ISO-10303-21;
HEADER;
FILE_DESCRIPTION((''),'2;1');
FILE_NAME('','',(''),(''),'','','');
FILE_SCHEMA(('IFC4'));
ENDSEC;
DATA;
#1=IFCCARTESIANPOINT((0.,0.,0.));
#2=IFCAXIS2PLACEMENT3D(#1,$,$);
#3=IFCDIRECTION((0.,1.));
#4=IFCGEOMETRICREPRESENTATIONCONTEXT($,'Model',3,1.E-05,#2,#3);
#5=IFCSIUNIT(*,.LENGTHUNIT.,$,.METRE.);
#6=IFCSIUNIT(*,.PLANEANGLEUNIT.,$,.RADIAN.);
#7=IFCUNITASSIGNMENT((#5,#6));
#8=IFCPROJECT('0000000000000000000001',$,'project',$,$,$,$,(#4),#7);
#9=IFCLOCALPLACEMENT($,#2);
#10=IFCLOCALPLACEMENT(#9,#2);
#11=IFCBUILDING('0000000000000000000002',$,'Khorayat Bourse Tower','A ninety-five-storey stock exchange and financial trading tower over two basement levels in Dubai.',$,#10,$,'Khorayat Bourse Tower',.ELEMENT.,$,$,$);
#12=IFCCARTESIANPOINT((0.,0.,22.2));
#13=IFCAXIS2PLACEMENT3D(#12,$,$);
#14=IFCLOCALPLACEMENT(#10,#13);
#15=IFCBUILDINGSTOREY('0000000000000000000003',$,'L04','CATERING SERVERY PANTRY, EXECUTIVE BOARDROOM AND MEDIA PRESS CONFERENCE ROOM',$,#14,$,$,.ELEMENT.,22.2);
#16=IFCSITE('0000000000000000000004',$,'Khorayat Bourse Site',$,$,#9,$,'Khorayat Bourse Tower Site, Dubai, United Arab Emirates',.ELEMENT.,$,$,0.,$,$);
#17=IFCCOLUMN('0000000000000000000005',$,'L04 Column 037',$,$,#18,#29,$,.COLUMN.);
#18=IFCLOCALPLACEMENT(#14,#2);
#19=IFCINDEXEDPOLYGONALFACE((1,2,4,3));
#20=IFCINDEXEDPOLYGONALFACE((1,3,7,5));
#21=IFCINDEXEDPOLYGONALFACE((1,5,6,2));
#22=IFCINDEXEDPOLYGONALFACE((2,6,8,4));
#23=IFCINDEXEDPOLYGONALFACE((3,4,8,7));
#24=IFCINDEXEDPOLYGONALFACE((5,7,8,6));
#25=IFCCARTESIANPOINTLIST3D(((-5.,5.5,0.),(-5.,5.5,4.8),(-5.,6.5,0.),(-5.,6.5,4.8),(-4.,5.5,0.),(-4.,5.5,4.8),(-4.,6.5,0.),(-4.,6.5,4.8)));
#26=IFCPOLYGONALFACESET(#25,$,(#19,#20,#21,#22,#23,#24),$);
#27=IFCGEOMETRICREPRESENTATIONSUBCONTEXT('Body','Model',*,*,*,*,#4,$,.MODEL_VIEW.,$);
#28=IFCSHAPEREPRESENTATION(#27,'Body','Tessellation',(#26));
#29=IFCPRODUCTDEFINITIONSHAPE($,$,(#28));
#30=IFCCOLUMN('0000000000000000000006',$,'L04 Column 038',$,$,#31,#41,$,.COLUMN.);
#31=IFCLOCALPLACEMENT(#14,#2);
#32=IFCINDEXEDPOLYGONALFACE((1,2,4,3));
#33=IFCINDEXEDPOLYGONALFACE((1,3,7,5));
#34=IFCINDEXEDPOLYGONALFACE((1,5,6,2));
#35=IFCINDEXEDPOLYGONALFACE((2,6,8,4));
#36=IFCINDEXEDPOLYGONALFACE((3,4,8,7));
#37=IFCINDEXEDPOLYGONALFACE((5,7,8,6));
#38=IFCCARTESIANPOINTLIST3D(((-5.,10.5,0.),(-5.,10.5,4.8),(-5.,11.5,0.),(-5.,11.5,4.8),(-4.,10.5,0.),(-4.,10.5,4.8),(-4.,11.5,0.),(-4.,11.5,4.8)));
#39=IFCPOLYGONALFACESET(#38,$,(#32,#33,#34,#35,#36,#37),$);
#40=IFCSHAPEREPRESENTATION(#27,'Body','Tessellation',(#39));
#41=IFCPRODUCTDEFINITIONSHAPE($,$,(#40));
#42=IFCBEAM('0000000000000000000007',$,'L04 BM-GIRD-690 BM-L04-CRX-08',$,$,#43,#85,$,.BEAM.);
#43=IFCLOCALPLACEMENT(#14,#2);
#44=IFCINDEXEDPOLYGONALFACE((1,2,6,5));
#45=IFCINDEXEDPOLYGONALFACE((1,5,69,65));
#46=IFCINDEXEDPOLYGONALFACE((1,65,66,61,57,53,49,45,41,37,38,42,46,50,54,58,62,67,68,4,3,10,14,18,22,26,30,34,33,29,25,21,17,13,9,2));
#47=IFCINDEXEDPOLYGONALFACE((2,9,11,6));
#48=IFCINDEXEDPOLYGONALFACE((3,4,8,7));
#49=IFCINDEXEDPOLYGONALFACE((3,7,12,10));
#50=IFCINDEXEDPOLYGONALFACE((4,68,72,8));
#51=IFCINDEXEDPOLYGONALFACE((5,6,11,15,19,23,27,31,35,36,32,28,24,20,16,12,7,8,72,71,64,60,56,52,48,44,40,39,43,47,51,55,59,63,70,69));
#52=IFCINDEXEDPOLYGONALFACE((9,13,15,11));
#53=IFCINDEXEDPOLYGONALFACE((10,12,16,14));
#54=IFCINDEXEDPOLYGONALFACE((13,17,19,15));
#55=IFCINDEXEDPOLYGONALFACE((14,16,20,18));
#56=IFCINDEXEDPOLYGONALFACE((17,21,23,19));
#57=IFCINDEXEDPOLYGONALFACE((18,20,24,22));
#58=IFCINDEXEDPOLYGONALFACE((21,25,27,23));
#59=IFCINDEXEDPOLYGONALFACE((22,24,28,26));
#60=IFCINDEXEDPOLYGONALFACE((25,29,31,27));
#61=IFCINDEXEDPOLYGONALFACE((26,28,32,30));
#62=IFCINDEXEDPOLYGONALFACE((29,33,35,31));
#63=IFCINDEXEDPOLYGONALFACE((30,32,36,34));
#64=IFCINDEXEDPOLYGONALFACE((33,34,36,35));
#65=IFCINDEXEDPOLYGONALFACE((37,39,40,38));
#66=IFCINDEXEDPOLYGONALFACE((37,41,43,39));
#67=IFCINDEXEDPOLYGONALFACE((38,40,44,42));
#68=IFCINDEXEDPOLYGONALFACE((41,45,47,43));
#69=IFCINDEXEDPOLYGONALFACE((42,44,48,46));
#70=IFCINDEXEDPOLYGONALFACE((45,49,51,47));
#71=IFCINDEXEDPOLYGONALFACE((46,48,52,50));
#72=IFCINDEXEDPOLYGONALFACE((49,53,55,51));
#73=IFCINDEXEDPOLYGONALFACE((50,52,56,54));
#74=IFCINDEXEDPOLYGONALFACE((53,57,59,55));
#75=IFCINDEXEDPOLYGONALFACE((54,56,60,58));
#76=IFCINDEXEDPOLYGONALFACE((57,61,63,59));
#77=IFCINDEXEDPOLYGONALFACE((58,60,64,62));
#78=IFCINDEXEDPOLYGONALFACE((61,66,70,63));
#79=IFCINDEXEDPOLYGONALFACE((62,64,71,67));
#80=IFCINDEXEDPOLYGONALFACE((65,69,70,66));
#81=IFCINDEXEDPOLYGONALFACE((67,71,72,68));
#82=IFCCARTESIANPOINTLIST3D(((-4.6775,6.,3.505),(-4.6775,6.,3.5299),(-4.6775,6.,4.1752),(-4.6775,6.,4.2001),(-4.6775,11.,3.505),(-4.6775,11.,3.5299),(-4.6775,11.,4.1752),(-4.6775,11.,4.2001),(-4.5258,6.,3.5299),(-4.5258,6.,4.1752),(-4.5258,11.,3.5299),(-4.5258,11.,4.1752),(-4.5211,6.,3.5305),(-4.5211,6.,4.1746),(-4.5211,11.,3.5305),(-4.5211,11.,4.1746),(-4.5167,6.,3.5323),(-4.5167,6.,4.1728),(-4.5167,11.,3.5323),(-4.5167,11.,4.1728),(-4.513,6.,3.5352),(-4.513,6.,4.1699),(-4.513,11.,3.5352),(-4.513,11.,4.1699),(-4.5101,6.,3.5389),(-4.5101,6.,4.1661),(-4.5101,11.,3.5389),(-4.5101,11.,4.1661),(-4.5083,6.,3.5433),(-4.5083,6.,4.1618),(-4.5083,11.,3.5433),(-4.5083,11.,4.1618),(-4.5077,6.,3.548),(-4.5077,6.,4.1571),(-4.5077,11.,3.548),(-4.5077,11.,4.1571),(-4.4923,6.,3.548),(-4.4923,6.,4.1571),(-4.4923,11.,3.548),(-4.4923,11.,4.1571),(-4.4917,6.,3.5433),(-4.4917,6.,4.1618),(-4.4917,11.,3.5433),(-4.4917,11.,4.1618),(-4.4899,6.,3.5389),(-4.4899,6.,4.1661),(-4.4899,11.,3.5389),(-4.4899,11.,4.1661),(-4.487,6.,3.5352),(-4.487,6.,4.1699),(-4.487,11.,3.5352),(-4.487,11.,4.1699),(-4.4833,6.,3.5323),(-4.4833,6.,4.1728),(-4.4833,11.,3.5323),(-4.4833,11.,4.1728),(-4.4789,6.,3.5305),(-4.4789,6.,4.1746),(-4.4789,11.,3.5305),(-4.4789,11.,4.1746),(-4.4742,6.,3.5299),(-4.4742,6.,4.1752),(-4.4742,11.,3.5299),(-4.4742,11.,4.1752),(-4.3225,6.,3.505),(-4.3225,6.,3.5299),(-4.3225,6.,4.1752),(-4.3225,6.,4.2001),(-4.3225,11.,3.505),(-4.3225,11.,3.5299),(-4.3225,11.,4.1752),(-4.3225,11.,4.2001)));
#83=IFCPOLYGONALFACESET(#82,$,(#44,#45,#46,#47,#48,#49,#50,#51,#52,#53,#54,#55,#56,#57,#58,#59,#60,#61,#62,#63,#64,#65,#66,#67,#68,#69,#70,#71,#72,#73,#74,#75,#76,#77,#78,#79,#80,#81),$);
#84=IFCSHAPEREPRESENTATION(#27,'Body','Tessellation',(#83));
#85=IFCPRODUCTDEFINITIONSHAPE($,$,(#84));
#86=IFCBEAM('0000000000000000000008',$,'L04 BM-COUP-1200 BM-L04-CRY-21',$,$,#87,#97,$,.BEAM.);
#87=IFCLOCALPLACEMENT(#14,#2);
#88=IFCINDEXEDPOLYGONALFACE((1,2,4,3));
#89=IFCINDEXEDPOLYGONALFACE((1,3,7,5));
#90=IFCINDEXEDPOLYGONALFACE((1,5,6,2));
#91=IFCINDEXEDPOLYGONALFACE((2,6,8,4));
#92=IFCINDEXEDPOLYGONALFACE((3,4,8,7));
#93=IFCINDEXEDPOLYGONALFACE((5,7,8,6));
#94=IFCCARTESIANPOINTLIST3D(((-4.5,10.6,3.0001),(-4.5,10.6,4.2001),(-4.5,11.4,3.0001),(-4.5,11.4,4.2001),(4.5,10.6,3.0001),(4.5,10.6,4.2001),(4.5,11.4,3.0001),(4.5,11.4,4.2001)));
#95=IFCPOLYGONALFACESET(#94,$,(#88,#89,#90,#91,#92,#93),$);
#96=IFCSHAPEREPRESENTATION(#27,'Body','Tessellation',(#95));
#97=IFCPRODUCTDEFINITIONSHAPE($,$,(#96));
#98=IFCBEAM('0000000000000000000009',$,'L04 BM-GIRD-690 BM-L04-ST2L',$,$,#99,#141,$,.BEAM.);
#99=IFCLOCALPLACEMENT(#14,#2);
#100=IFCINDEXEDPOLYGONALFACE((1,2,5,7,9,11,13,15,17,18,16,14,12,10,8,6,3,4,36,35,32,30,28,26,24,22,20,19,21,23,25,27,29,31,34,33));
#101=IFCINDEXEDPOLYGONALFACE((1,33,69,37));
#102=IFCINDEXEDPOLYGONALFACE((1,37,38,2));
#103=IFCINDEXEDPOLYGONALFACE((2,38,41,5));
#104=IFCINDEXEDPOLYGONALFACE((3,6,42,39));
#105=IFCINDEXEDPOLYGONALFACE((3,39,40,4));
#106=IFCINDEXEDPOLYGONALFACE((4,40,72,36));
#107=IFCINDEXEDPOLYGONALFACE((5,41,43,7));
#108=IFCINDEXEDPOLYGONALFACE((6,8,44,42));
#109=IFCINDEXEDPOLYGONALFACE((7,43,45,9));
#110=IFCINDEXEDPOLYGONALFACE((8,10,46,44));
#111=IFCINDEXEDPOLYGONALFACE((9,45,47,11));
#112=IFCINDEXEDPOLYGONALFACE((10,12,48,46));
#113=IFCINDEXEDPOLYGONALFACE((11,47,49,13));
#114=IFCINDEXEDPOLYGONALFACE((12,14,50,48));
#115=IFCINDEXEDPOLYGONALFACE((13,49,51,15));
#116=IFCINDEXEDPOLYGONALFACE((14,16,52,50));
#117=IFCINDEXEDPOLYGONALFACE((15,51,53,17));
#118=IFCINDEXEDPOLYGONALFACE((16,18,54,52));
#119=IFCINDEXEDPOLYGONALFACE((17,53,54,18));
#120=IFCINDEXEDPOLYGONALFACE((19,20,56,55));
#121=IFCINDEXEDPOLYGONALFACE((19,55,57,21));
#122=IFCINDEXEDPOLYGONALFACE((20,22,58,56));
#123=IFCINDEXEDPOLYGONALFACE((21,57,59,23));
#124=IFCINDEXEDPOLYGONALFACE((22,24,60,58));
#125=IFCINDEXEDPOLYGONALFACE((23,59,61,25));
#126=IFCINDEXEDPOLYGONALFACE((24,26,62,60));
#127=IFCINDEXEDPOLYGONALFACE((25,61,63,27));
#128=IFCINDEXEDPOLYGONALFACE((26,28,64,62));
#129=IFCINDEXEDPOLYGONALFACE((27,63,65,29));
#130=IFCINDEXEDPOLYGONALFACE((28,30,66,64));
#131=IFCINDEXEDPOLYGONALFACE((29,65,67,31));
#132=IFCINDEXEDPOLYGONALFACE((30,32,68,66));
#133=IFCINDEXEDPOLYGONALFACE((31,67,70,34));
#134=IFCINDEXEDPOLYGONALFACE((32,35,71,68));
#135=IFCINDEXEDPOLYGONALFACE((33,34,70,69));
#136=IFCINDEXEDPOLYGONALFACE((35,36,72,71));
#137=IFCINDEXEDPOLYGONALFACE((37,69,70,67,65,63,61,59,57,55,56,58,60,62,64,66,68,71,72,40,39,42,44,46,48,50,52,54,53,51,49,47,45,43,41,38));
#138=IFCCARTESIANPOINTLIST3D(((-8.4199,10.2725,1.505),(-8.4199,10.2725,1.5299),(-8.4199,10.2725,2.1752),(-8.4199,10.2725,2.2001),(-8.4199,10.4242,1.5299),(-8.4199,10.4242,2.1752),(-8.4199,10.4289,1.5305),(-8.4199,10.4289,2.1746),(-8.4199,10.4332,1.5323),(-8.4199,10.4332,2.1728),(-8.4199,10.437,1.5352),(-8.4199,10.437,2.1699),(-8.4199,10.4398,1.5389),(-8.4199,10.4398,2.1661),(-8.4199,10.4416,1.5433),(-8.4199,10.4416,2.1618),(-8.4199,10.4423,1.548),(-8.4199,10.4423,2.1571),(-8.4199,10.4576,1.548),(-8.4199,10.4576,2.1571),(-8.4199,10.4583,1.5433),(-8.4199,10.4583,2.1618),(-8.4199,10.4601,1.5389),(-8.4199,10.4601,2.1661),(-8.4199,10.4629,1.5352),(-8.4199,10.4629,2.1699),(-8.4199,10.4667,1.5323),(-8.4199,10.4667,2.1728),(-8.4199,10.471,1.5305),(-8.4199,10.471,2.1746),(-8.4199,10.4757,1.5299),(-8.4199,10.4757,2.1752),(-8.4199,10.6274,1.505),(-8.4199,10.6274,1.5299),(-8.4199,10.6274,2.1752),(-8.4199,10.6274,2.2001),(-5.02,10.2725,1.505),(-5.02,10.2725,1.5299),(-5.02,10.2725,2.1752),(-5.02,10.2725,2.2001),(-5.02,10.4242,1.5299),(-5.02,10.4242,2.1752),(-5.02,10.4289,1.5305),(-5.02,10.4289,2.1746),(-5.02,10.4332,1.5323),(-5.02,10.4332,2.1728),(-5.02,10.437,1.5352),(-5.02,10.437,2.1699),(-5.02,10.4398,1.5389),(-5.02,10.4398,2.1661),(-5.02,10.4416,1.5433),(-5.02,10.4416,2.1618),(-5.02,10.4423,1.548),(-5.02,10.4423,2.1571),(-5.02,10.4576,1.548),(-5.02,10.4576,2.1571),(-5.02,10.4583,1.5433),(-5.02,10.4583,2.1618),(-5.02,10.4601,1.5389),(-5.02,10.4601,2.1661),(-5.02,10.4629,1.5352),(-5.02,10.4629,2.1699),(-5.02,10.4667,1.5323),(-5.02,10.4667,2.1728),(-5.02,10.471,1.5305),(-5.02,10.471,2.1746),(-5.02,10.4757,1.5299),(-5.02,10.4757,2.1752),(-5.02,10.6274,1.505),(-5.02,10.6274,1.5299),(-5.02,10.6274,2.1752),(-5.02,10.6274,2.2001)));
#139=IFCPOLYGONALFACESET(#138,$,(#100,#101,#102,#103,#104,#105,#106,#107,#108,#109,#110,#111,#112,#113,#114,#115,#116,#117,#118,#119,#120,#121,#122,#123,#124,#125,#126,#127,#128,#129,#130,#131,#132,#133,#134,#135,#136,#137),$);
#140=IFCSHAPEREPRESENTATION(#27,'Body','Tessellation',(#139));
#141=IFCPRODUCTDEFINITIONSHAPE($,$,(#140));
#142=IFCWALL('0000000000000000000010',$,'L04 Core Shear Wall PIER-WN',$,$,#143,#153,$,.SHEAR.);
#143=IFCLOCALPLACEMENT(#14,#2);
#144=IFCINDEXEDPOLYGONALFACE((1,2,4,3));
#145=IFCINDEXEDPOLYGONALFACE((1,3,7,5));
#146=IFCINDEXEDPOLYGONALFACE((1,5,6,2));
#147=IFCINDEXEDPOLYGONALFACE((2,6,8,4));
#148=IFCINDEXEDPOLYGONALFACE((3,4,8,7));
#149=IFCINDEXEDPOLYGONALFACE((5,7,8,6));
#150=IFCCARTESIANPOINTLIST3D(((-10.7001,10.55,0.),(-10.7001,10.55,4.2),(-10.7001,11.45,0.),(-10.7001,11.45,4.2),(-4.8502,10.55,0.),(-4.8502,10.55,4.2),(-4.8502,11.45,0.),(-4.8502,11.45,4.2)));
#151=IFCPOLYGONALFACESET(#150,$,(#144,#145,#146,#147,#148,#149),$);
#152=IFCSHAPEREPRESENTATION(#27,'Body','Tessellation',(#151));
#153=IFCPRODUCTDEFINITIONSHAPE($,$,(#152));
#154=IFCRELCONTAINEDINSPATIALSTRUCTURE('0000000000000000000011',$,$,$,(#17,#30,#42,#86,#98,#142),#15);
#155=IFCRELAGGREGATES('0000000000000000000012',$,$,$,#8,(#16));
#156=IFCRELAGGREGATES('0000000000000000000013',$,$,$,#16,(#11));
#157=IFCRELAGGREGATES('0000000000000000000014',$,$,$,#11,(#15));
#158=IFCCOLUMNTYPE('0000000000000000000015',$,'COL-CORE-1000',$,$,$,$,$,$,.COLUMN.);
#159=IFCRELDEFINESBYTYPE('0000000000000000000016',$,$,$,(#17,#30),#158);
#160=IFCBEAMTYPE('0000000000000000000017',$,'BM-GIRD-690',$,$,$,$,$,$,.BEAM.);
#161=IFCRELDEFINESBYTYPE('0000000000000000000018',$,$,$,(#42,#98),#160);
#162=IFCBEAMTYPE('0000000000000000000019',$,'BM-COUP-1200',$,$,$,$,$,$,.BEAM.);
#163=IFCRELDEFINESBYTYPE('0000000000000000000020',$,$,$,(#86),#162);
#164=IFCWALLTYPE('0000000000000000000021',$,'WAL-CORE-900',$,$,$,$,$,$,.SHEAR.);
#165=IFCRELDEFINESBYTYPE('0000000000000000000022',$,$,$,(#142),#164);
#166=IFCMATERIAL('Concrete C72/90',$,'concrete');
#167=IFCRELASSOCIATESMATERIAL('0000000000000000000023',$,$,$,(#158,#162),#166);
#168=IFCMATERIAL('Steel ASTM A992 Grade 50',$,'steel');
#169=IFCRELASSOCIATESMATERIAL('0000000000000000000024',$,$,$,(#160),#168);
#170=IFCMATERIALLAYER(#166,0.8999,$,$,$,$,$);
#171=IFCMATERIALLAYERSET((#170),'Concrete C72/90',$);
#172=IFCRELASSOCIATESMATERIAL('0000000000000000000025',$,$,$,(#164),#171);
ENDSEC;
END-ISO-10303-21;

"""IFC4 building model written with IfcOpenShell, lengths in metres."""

from ifc_helpers import new_model, si_unit, direction, frame, frame_2d, origin, origin_2d, place, context, subcontext, project, spatial, rectangle, i_section, extrude, source, transform, mapped, material, layer, layer_set, material_profile, profile_set, type_object, element, save


model = new_model("IFC4")

# Units and contexts
model_context = context("Model", 3, precision=1e-05, world=origin(), true_north=direction((0.0, 1.0)))
body_context = subcontext(model_context, "Body", "Model", "MODEL_VIEW")
ifc_project = project(units=[si_unit("LENGTHUNIT", "METRE"), si_unit("PLANEANGLEUNIT", "RADIAN")], contexts=[model_context])

# Site, building, storey
site_placement = place(None, origin())
site = spatial("IfcSite", under=ifc_project, at=site_placement, Name="Khorayat Bourse Site", LongName="Khorayat Bourse Tower Site, Dubai, United Arab Emirates", CompositionType="ELEMENT", RefElevation=0.0)
building_placement = place(site_placement, origin())
building = spatial("IfcBuilding", under=site, at=building_placement, Name="Khorayat Bourse Tower", Description="A ninety-five-storey stock exchange and financial trading tower over two basement levels in Dubai.", LongName="Khorayat Bourse Tower", CompositionType="ELEMENT")
storey_placement = place(building_placement, frame((0.0, 0.0, 22.2)))
storey = spatial("IfcBuildingStorey", under=building, at=storey_placement, Name="L04", Description="CATERING SERVERY PANTRY, EXECUTIVE BOARDROOM AND MEDIA PRESS CONFERENCE ROOM", CompositionType="ELEMENT", Elevation=22.2)

# Columns
ifc_material_1 = material(Name="Concrete C72/90", Category="concrete")
ifc_material_profile_1 = material_profile(ifc_material_1, rectangle(XDim=1.0, YDim=1.0, at=origin_2d()), Name="RC 1000x1000")
ifc_profile_set_1 = profile_set([ifc_material_profile_1], Name="Concrete C72/90")
column_type = type_object("IfcColumnType", Name="COL-CORE-1000", PredefinedType="COLUMN", material=ifc_profile_set_1)
shared_shape_1 = source(origin(), body_context, "Body", "SweptSolid", [
    extrude(rectangle(XDim=1.0, YDim=1.0, at=origin_2d()), origin(), (0.0, 0.0, 1.0), 4.8),
])
for number, where, z_axis, x_axis, name in (
    (1, (-4.5, 6.0, 0.0), (0.0, 0.0, 1.0), (1.0, 0.0, 0.0), "L04 Column 037"),
    (2, (-4.5, 11.0, 0.0), (0.0, 0.0, 1.0), (1.0, 0.0, 0.0), "L04 Column 038"),
):
    element("IfcColumn", number, at=place(storey_placement, frame(where, z_axis=z_axis, x_axis=x_axis)), inside=storey, type_object=column_type, Name=name, PredefinedType="COLUMN", context=body_context, shape_type="MappedRepresentation", body=[
        mapped(shared_shape_1, transform((0.0, 0.0, 0.0), scale=1.0)),
    ])

# Beams
ifc_material_2 = material(Name="Steel ASTM A992 Grade 50", Category="steel")
ifc_material_profile_2 = material_profile(ifc_material_2, i_section(OverallWidth=0.355, OverallDepth=0.6951, WebThickness=0.0154, FlangeThickness=0.0249, FilletRadius=0.0181, at=origin_2d()), Name="W690X217")
ifc_profile_set_2 = profile_set([ifc_material_profile_2], Name="Steel ASTM A992 Grade 50")
beam_type_1 = type_object("IfcBeamType", Name="BM-GIRD-690", PredefinedType="BEAM", material=ifc_profile_set_2)
shared_shape_2 = source(origin(), body_context, "Body", "SweptSolid", [
    extrude(i_section(OverallWidth=0.355, OverallDepth=0.6951, WebThickness=0.0154, FlangeThickness=0.0249, FilletRadius=0.0181, at=origin_2d()), origin(), (0.0, 0.0, 1.0), 5.0),
])
beam_1_placement = place(storey_placement, frame((-4.5, 6.0, 3.8525), z_axis=(0.0, 1.0, 0.0), x_axis=(-1.0, 0.0, 0.0)))
element("IfcBeam", 3, at=beam_1_placement, inside=storey, type_object=beam_type_1, Name="L04 BM-GIRD-690 BM-L04-CRX-08", PredefinedType="BEAM", context=body_context, shape_type="MappedRepresentation", body=[
    mapped(shared_shape_2, transform((0.0, 0.0, 0.0), scale=1.0)),
])
ifc_material_profile_3 = material_profile(ifc_material_1, rectangle(XDim=0.8, YDim=1.2, at=origin_2d()), Name="RC 800x1200")
ifc_profile_set_3 = profile_set([ifc_material_profile_3], Name="Concrete C72/90")
beam_type_2 = type_object("IfcBeamType", Name="BM-COUP-1200", PredefinedType="BEAM", material=ifc_profile_set_3)
shared_shape_3 = source(origin(), body_context, "Body", "SweptSolid", [
    extrude(rectangle(XDim=0.8, YDim=1.2, at=origin_2d()), origin(), (0.0, 0.0, 1.0), 9.0),
])
beam_2_placement = place(storey_placement, frame((-4.5, 11.0, 3.6001), z_axis=(1.0, 0.0, 0.0), x_axis=(0.0, 1.0, 0.0)))
element("IfcBeam", 4, at=beam_2_placement, inside=storey, type_object=beam_type_2, Name="L04 BM-COUP-1200 BM-L04-CRY-21", PredefinedType="BEAM", context=body_context, shape_type="MappedRepresentation", body=[
    mapped(shared_shape_3, transform((0.0, 0.0, 0.0), scale=1.0)),
])
shared_shape_4 = source(origin(), body_context, "Body", "SweptSolid", [
    extrude(i_section(OverallWidth=0.355, OverallDepth=0.6951, WebThickness=0.0154, FlangeThickness=0.0249, FilletRadius=0.0181, at=origin_2d()), origin(), (0.0, 0.0, 1.0), 3.3999),
])
beam_3_placement = place(storey_placement, frame((-8.4199, 10.45, 1.8525), z_axis=(1.0, 0.0, 0.0), x_axis=(0.0, 1.0, 0.0)))
element("IfcBeam", 5, at=beam_3_placement, inside=storey, type_object=beam_type_1, Name="L04 BM-GIRD-690 BM-L04-ST2L", PredefinedType="BEAM", context=body_context, shape_type="MappedRepresentation", body=[
    mapped(shared_shape_4, transform((0.0, 0.0, 0.0), scale=1.0)),
])

# Wall
ifc_layer_1 = layer(ifc_material_1, 0.8999)
ifc_layer_set_1 = layer_set([ifc_layer_1], Name="Concrete C72/90")
wall_type_1 = type_object("IfcWallType", Name="WAL-CORE-900", PredefinedType="SHEAR", material=ifc_layer_set_1)
shared_shape_5 = source(origin(), body_context, "Body", "SweptSolid", [
    extrude(rectangle(XDim=5.8499, YDim=0.8999, at=frame_2d((2.9248, 0.0))), origin(), (0.0, 0.0, 1.0), 4.2),
])
wall_1_placement = place(storey_placement, frame((-10.7, 11.0, 0.0), z_axis=(0.0, 0.0, 1.0), x_axis=(1.0, 0.0, 0.0)))
element("IfcWall", 6, at=wall_1_placement, inside=storey, type_object=wall_type_1, Name="L04 Core Shear Wall PIER-WN", PredefinedType="SHEAR", context=body_context, shape_type="MappedRepresentation", body=[
    mapped(shared_shape_5, transform((0.0, 0.0, 0.0), scale=1.0)),
])

save(model, "model.ifc")
